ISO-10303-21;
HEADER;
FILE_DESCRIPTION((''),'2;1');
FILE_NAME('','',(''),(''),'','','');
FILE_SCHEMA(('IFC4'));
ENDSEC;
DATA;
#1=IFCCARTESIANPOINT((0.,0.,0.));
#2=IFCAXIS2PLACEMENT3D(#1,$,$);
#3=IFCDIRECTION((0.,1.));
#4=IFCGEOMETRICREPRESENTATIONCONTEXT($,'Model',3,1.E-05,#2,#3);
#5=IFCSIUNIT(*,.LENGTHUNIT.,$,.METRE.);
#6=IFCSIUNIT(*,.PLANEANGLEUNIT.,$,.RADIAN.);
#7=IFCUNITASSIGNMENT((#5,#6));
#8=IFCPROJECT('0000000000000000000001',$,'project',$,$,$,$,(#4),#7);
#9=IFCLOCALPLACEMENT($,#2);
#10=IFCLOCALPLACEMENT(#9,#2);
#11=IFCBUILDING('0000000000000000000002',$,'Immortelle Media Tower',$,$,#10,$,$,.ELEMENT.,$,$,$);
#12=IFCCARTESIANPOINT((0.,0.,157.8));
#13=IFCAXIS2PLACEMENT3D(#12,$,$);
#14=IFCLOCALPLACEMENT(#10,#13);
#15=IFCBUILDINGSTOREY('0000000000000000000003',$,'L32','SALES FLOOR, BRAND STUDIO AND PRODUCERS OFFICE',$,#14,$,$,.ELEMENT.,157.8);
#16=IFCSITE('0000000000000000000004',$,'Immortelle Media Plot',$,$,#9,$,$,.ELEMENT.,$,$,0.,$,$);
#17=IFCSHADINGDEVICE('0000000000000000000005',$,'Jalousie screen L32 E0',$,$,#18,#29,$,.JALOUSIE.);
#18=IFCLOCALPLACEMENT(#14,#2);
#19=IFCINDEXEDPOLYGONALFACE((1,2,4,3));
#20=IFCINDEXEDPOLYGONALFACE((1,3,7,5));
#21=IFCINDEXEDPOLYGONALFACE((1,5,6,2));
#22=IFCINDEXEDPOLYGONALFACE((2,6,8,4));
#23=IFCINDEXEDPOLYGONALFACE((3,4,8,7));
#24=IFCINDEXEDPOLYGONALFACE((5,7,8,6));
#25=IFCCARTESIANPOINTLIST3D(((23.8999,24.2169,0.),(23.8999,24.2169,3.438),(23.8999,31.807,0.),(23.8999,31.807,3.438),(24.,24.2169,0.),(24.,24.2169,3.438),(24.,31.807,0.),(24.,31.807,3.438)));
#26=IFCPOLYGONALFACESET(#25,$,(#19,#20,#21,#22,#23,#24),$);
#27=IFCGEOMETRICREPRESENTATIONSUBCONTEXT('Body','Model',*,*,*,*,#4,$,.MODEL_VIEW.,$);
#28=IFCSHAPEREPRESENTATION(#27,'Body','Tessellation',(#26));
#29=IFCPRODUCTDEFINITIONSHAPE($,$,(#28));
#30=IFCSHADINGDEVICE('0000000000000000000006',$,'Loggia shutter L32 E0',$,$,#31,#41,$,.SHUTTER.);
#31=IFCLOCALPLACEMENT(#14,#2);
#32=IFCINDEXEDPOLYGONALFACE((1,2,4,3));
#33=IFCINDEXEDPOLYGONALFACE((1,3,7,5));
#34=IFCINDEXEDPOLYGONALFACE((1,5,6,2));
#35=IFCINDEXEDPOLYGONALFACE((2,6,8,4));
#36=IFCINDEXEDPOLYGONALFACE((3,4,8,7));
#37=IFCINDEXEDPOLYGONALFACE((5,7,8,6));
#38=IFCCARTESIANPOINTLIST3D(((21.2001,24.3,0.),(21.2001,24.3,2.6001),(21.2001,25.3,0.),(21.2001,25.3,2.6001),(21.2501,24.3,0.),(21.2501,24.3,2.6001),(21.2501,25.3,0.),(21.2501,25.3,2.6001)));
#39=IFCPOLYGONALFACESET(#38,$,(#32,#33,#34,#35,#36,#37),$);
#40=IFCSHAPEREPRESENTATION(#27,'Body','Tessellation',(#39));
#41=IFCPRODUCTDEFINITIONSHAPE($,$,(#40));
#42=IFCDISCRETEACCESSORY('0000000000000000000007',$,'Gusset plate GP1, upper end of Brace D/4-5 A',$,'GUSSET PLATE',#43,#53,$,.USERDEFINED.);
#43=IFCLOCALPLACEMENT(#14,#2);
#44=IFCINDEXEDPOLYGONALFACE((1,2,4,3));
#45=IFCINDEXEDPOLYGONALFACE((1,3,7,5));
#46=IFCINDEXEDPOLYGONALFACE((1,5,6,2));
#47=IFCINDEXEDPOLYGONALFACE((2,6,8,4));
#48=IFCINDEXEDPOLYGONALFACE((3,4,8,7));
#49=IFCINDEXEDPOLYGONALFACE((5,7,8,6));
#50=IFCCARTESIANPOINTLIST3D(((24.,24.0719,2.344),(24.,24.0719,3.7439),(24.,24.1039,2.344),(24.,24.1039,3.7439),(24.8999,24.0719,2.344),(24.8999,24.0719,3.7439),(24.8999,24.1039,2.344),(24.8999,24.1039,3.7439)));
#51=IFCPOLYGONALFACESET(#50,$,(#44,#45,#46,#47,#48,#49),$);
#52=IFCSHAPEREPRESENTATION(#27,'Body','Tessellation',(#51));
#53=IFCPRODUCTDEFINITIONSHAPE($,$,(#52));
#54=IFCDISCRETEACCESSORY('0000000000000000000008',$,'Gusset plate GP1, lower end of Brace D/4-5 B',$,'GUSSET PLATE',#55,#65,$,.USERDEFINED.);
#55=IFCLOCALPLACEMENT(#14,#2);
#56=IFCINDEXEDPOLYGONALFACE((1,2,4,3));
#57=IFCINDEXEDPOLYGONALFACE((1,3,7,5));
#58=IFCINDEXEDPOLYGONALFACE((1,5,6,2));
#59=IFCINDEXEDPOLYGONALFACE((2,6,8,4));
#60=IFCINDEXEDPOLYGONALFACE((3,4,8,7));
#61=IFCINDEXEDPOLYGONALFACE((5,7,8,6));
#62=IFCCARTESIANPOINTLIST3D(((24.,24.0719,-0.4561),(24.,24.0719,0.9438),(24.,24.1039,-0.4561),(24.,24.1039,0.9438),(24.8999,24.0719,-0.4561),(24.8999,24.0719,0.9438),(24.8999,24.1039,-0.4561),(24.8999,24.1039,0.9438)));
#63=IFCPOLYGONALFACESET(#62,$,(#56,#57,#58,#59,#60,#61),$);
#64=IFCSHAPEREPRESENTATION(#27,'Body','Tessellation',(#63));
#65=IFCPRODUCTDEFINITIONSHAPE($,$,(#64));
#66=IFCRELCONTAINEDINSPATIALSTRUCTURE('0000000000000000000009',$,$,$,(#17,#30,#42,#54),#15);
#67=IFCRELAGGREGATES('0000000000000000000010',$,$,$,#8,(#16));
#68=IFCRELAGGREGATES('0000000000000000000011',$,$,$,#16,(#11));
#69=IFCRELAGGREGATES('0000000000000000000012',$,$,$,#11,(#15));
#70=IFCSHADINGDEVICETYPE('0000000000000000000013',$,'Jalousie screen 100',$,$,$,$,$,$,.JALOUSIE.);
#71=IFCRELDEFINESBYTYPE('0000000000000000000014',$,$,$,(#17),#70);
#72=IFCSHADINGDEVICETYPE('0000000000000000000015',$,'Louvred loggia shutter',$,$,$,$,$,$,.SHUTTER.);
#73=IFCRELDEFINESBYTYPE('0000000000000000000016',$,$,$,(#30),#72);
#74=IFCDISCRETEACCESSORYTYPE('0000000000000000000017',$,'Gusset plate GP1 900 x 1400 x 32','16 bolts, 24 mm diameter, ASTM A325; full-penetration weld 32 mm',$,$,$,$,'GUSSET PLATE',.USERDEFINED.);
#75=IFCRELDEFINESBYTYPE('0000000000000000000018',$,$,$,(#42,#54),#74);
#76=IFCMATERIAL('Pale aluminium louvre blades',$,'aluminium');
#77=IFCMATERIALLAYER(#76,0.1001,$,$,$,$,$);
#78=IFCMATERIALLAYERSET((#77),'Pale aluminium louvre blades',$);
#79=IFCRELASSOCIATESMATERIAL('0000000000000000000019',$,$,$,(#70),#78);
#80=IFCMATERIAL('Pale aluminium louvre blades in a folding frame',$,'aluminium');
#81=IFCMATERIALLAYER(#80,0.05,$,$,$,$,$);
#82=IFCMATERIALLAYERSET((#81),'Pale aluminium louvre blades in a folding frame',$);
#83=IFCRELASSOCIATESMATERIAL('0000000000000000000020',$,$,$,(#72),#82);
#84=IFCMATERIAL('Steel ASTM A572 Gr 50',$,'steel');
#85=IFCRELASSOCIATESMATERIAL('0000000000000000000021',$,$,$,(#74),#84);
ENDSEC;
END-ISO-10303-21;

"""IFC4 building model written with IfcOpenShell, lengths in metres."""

from ifc_helpers import new_model, si_unit, direction, frame, origin, origin_2d, place, context, subcontext, project, spatial, rectangle, extrude, material, layer, layer_set, material_profile, profile_set, type_object, element, save


model = new_model("IFC4")

# Units and contexts
model_context = context("Model", 3, precision=1e-05, world=origin(), true_north=direction((0.0, 1.0)))
body_context = subcontext(model_context, "Body", "Model", "MODEL_VIEW")
ifc_project = project(units=[si_unit("LENGTHUNIT", "METRE"), si_unit("PLANEANGLEUNIT", "RADIAN")], contexts=[model_context])

# Site, building, storey
site_placement = place(None, origin())
site = spatial("IfcSite", under=ifc_project, at=site_placement, Name="Immortelle Media Plot", CompositionType="ELEMENT", RefElevation=0.0)
building_placement = place(site_placement, origin())
building = spatial("IfcBuilding", under=site, at=building_placement, Name="Immortelle Media Tower", CompositionType="ELEMENT")
storey_placement = place(building_placement, frame((0.0, 0.0, 157.8)))
storey = spatial("IfcBuildingStorey", under=building, at=storey_placement, Name="L32", Description="SALES FLOOR, BRAND STUDIO AND PRODUCERS OFFICE", CompositionType="ELEMENT", Elevation=157.8)

# Shading devices
ifc_material_1 = material(Name="Pale aluminium louvre blades", Category="aluminium")
ifc_layer_1 = layer(ifc_material_1, 0.1001)
ifc_layer_set_1 = layer_set([ifc_layer_1], Name="Pale aluminium louvre blades")
shading_device_type_1 = type_object("IfcShadingDeviceType", Name="Jalousie screen 100", PredefinedType="JALOUSIE", material=ifc_layer_set_1)
shading_device_1_placement = place(storey_placement, frame((23.95, 28.012, 0.0), z_axis=(0.0, 0.0, 1.0), x_axis=(0.0, 1.0, 0.0)))
element("IfcShadingDevice", 1, at=shading_device_1_placement, inside=storey, type_object=shading_device_type_1, Name="Jalousie screen L32 E0", PredefinedType="JALOUSIE", context=body_context, shape_type="SweptSolid", body=[
    extrude(rectangle(XDim=7.5901, YDim=0.1001, at=origin_2d()), origin(), (0.0, 0.0, 1.0), 3.438),
])
ifc_material_2 = material(Name="Pale aluminium louvre blades in a folding frame", Category="aluminium")
ifc_layer_2 = layer(ifc_material_2, 0.05)
ifc_layer_set_2 = layer_set([ifc_layer_2], Name="Pale aluminium louvre blades in a folding frame")
shading_device_type_2 = type_object("IfcShadingDeviceType", Name="Louvred loggia shutter", PredefinedType="SHUTTER", material=ifc_layer_set_2)
shading_device_2_placement = place(storey_placement, frame((21.2251, 24.8, 0.0), z_axis=(0.0, 0.0, 1.0), x_axis=(0.0, 1.0, 0.0)))
element("IfcShadingDevice", 2, at=shading_device_2_placement, inside=storey, type_object=shading_device_type_2, Name="Loggia shutter L32 E0", PredefinedType="SHUTTER", context=body_context, shape_type="SweptSolid", body=[
    extrude(rectangle(XDim=1.0, YDim=0.05, at=origin_2d()), origin(), (0.0, 0.0, 1.0), 2.6001),
])

# Discrete accessories
ifc_material_3 = material(Name="Steel ASTM A572 Gr 50", Category="steel")
ifc_material_profile_1 = material_profile(ifc_material_3, rectangle(XDim=0.032, YDim=1.3999, at=origin_2d()), Name="PL 32 x 1400")
ifc_profile_set_1 = profile_set([ifc_material_profile_1], Name="Steel ASTM A572 Gr 50")
discrete_accessory_type = type_object("IfcDiscreteAccessoryType", Name="Gusset plate GP1 900 x 1400 x 32", Description="16 bolts, 24 mm diameter, ASTM A325; full-penetration weld 32 mm", ElementType="GUSSET PLATE", PredefinedType="USERDEFINED", material=ifc_profile_set_1)
for number, where, z_axis, x_axis, name in (
    (3, (24.0, 24.0879, 3.0439), (1.0, 0.0, 0.0), (0.0, 1.0, 0.0), "Gusset plate GP1, upper end of Brace D/4-5 A"),
    (4, (24.0, 24.0879, 0.2439), (1.0, 0.0, 0.0), (0.0, 1.0, 0.0), "Gusset plate GP1, lower end of Brace D/4-5 B"),
):
    element("IfcDiscreteAccessory", number, at=place(storey_placement, frame(where, z_axis=z_axis, x_axis=x_axis)), inside=storey, type_object=discrete_accessory_type, Name=name, ObjectType="GUSSET PLATE", PredefinedType="USERDEFINED", context=body_context, shape_type="SweptSolid", body=[
        extrude(rectangle(XDim=0.032, YDim=1.3999, at=origin_2d()), origin(), (0.0, 0.0, 1.0), 0.8999),
    ])

save(model, "model.ifc")
